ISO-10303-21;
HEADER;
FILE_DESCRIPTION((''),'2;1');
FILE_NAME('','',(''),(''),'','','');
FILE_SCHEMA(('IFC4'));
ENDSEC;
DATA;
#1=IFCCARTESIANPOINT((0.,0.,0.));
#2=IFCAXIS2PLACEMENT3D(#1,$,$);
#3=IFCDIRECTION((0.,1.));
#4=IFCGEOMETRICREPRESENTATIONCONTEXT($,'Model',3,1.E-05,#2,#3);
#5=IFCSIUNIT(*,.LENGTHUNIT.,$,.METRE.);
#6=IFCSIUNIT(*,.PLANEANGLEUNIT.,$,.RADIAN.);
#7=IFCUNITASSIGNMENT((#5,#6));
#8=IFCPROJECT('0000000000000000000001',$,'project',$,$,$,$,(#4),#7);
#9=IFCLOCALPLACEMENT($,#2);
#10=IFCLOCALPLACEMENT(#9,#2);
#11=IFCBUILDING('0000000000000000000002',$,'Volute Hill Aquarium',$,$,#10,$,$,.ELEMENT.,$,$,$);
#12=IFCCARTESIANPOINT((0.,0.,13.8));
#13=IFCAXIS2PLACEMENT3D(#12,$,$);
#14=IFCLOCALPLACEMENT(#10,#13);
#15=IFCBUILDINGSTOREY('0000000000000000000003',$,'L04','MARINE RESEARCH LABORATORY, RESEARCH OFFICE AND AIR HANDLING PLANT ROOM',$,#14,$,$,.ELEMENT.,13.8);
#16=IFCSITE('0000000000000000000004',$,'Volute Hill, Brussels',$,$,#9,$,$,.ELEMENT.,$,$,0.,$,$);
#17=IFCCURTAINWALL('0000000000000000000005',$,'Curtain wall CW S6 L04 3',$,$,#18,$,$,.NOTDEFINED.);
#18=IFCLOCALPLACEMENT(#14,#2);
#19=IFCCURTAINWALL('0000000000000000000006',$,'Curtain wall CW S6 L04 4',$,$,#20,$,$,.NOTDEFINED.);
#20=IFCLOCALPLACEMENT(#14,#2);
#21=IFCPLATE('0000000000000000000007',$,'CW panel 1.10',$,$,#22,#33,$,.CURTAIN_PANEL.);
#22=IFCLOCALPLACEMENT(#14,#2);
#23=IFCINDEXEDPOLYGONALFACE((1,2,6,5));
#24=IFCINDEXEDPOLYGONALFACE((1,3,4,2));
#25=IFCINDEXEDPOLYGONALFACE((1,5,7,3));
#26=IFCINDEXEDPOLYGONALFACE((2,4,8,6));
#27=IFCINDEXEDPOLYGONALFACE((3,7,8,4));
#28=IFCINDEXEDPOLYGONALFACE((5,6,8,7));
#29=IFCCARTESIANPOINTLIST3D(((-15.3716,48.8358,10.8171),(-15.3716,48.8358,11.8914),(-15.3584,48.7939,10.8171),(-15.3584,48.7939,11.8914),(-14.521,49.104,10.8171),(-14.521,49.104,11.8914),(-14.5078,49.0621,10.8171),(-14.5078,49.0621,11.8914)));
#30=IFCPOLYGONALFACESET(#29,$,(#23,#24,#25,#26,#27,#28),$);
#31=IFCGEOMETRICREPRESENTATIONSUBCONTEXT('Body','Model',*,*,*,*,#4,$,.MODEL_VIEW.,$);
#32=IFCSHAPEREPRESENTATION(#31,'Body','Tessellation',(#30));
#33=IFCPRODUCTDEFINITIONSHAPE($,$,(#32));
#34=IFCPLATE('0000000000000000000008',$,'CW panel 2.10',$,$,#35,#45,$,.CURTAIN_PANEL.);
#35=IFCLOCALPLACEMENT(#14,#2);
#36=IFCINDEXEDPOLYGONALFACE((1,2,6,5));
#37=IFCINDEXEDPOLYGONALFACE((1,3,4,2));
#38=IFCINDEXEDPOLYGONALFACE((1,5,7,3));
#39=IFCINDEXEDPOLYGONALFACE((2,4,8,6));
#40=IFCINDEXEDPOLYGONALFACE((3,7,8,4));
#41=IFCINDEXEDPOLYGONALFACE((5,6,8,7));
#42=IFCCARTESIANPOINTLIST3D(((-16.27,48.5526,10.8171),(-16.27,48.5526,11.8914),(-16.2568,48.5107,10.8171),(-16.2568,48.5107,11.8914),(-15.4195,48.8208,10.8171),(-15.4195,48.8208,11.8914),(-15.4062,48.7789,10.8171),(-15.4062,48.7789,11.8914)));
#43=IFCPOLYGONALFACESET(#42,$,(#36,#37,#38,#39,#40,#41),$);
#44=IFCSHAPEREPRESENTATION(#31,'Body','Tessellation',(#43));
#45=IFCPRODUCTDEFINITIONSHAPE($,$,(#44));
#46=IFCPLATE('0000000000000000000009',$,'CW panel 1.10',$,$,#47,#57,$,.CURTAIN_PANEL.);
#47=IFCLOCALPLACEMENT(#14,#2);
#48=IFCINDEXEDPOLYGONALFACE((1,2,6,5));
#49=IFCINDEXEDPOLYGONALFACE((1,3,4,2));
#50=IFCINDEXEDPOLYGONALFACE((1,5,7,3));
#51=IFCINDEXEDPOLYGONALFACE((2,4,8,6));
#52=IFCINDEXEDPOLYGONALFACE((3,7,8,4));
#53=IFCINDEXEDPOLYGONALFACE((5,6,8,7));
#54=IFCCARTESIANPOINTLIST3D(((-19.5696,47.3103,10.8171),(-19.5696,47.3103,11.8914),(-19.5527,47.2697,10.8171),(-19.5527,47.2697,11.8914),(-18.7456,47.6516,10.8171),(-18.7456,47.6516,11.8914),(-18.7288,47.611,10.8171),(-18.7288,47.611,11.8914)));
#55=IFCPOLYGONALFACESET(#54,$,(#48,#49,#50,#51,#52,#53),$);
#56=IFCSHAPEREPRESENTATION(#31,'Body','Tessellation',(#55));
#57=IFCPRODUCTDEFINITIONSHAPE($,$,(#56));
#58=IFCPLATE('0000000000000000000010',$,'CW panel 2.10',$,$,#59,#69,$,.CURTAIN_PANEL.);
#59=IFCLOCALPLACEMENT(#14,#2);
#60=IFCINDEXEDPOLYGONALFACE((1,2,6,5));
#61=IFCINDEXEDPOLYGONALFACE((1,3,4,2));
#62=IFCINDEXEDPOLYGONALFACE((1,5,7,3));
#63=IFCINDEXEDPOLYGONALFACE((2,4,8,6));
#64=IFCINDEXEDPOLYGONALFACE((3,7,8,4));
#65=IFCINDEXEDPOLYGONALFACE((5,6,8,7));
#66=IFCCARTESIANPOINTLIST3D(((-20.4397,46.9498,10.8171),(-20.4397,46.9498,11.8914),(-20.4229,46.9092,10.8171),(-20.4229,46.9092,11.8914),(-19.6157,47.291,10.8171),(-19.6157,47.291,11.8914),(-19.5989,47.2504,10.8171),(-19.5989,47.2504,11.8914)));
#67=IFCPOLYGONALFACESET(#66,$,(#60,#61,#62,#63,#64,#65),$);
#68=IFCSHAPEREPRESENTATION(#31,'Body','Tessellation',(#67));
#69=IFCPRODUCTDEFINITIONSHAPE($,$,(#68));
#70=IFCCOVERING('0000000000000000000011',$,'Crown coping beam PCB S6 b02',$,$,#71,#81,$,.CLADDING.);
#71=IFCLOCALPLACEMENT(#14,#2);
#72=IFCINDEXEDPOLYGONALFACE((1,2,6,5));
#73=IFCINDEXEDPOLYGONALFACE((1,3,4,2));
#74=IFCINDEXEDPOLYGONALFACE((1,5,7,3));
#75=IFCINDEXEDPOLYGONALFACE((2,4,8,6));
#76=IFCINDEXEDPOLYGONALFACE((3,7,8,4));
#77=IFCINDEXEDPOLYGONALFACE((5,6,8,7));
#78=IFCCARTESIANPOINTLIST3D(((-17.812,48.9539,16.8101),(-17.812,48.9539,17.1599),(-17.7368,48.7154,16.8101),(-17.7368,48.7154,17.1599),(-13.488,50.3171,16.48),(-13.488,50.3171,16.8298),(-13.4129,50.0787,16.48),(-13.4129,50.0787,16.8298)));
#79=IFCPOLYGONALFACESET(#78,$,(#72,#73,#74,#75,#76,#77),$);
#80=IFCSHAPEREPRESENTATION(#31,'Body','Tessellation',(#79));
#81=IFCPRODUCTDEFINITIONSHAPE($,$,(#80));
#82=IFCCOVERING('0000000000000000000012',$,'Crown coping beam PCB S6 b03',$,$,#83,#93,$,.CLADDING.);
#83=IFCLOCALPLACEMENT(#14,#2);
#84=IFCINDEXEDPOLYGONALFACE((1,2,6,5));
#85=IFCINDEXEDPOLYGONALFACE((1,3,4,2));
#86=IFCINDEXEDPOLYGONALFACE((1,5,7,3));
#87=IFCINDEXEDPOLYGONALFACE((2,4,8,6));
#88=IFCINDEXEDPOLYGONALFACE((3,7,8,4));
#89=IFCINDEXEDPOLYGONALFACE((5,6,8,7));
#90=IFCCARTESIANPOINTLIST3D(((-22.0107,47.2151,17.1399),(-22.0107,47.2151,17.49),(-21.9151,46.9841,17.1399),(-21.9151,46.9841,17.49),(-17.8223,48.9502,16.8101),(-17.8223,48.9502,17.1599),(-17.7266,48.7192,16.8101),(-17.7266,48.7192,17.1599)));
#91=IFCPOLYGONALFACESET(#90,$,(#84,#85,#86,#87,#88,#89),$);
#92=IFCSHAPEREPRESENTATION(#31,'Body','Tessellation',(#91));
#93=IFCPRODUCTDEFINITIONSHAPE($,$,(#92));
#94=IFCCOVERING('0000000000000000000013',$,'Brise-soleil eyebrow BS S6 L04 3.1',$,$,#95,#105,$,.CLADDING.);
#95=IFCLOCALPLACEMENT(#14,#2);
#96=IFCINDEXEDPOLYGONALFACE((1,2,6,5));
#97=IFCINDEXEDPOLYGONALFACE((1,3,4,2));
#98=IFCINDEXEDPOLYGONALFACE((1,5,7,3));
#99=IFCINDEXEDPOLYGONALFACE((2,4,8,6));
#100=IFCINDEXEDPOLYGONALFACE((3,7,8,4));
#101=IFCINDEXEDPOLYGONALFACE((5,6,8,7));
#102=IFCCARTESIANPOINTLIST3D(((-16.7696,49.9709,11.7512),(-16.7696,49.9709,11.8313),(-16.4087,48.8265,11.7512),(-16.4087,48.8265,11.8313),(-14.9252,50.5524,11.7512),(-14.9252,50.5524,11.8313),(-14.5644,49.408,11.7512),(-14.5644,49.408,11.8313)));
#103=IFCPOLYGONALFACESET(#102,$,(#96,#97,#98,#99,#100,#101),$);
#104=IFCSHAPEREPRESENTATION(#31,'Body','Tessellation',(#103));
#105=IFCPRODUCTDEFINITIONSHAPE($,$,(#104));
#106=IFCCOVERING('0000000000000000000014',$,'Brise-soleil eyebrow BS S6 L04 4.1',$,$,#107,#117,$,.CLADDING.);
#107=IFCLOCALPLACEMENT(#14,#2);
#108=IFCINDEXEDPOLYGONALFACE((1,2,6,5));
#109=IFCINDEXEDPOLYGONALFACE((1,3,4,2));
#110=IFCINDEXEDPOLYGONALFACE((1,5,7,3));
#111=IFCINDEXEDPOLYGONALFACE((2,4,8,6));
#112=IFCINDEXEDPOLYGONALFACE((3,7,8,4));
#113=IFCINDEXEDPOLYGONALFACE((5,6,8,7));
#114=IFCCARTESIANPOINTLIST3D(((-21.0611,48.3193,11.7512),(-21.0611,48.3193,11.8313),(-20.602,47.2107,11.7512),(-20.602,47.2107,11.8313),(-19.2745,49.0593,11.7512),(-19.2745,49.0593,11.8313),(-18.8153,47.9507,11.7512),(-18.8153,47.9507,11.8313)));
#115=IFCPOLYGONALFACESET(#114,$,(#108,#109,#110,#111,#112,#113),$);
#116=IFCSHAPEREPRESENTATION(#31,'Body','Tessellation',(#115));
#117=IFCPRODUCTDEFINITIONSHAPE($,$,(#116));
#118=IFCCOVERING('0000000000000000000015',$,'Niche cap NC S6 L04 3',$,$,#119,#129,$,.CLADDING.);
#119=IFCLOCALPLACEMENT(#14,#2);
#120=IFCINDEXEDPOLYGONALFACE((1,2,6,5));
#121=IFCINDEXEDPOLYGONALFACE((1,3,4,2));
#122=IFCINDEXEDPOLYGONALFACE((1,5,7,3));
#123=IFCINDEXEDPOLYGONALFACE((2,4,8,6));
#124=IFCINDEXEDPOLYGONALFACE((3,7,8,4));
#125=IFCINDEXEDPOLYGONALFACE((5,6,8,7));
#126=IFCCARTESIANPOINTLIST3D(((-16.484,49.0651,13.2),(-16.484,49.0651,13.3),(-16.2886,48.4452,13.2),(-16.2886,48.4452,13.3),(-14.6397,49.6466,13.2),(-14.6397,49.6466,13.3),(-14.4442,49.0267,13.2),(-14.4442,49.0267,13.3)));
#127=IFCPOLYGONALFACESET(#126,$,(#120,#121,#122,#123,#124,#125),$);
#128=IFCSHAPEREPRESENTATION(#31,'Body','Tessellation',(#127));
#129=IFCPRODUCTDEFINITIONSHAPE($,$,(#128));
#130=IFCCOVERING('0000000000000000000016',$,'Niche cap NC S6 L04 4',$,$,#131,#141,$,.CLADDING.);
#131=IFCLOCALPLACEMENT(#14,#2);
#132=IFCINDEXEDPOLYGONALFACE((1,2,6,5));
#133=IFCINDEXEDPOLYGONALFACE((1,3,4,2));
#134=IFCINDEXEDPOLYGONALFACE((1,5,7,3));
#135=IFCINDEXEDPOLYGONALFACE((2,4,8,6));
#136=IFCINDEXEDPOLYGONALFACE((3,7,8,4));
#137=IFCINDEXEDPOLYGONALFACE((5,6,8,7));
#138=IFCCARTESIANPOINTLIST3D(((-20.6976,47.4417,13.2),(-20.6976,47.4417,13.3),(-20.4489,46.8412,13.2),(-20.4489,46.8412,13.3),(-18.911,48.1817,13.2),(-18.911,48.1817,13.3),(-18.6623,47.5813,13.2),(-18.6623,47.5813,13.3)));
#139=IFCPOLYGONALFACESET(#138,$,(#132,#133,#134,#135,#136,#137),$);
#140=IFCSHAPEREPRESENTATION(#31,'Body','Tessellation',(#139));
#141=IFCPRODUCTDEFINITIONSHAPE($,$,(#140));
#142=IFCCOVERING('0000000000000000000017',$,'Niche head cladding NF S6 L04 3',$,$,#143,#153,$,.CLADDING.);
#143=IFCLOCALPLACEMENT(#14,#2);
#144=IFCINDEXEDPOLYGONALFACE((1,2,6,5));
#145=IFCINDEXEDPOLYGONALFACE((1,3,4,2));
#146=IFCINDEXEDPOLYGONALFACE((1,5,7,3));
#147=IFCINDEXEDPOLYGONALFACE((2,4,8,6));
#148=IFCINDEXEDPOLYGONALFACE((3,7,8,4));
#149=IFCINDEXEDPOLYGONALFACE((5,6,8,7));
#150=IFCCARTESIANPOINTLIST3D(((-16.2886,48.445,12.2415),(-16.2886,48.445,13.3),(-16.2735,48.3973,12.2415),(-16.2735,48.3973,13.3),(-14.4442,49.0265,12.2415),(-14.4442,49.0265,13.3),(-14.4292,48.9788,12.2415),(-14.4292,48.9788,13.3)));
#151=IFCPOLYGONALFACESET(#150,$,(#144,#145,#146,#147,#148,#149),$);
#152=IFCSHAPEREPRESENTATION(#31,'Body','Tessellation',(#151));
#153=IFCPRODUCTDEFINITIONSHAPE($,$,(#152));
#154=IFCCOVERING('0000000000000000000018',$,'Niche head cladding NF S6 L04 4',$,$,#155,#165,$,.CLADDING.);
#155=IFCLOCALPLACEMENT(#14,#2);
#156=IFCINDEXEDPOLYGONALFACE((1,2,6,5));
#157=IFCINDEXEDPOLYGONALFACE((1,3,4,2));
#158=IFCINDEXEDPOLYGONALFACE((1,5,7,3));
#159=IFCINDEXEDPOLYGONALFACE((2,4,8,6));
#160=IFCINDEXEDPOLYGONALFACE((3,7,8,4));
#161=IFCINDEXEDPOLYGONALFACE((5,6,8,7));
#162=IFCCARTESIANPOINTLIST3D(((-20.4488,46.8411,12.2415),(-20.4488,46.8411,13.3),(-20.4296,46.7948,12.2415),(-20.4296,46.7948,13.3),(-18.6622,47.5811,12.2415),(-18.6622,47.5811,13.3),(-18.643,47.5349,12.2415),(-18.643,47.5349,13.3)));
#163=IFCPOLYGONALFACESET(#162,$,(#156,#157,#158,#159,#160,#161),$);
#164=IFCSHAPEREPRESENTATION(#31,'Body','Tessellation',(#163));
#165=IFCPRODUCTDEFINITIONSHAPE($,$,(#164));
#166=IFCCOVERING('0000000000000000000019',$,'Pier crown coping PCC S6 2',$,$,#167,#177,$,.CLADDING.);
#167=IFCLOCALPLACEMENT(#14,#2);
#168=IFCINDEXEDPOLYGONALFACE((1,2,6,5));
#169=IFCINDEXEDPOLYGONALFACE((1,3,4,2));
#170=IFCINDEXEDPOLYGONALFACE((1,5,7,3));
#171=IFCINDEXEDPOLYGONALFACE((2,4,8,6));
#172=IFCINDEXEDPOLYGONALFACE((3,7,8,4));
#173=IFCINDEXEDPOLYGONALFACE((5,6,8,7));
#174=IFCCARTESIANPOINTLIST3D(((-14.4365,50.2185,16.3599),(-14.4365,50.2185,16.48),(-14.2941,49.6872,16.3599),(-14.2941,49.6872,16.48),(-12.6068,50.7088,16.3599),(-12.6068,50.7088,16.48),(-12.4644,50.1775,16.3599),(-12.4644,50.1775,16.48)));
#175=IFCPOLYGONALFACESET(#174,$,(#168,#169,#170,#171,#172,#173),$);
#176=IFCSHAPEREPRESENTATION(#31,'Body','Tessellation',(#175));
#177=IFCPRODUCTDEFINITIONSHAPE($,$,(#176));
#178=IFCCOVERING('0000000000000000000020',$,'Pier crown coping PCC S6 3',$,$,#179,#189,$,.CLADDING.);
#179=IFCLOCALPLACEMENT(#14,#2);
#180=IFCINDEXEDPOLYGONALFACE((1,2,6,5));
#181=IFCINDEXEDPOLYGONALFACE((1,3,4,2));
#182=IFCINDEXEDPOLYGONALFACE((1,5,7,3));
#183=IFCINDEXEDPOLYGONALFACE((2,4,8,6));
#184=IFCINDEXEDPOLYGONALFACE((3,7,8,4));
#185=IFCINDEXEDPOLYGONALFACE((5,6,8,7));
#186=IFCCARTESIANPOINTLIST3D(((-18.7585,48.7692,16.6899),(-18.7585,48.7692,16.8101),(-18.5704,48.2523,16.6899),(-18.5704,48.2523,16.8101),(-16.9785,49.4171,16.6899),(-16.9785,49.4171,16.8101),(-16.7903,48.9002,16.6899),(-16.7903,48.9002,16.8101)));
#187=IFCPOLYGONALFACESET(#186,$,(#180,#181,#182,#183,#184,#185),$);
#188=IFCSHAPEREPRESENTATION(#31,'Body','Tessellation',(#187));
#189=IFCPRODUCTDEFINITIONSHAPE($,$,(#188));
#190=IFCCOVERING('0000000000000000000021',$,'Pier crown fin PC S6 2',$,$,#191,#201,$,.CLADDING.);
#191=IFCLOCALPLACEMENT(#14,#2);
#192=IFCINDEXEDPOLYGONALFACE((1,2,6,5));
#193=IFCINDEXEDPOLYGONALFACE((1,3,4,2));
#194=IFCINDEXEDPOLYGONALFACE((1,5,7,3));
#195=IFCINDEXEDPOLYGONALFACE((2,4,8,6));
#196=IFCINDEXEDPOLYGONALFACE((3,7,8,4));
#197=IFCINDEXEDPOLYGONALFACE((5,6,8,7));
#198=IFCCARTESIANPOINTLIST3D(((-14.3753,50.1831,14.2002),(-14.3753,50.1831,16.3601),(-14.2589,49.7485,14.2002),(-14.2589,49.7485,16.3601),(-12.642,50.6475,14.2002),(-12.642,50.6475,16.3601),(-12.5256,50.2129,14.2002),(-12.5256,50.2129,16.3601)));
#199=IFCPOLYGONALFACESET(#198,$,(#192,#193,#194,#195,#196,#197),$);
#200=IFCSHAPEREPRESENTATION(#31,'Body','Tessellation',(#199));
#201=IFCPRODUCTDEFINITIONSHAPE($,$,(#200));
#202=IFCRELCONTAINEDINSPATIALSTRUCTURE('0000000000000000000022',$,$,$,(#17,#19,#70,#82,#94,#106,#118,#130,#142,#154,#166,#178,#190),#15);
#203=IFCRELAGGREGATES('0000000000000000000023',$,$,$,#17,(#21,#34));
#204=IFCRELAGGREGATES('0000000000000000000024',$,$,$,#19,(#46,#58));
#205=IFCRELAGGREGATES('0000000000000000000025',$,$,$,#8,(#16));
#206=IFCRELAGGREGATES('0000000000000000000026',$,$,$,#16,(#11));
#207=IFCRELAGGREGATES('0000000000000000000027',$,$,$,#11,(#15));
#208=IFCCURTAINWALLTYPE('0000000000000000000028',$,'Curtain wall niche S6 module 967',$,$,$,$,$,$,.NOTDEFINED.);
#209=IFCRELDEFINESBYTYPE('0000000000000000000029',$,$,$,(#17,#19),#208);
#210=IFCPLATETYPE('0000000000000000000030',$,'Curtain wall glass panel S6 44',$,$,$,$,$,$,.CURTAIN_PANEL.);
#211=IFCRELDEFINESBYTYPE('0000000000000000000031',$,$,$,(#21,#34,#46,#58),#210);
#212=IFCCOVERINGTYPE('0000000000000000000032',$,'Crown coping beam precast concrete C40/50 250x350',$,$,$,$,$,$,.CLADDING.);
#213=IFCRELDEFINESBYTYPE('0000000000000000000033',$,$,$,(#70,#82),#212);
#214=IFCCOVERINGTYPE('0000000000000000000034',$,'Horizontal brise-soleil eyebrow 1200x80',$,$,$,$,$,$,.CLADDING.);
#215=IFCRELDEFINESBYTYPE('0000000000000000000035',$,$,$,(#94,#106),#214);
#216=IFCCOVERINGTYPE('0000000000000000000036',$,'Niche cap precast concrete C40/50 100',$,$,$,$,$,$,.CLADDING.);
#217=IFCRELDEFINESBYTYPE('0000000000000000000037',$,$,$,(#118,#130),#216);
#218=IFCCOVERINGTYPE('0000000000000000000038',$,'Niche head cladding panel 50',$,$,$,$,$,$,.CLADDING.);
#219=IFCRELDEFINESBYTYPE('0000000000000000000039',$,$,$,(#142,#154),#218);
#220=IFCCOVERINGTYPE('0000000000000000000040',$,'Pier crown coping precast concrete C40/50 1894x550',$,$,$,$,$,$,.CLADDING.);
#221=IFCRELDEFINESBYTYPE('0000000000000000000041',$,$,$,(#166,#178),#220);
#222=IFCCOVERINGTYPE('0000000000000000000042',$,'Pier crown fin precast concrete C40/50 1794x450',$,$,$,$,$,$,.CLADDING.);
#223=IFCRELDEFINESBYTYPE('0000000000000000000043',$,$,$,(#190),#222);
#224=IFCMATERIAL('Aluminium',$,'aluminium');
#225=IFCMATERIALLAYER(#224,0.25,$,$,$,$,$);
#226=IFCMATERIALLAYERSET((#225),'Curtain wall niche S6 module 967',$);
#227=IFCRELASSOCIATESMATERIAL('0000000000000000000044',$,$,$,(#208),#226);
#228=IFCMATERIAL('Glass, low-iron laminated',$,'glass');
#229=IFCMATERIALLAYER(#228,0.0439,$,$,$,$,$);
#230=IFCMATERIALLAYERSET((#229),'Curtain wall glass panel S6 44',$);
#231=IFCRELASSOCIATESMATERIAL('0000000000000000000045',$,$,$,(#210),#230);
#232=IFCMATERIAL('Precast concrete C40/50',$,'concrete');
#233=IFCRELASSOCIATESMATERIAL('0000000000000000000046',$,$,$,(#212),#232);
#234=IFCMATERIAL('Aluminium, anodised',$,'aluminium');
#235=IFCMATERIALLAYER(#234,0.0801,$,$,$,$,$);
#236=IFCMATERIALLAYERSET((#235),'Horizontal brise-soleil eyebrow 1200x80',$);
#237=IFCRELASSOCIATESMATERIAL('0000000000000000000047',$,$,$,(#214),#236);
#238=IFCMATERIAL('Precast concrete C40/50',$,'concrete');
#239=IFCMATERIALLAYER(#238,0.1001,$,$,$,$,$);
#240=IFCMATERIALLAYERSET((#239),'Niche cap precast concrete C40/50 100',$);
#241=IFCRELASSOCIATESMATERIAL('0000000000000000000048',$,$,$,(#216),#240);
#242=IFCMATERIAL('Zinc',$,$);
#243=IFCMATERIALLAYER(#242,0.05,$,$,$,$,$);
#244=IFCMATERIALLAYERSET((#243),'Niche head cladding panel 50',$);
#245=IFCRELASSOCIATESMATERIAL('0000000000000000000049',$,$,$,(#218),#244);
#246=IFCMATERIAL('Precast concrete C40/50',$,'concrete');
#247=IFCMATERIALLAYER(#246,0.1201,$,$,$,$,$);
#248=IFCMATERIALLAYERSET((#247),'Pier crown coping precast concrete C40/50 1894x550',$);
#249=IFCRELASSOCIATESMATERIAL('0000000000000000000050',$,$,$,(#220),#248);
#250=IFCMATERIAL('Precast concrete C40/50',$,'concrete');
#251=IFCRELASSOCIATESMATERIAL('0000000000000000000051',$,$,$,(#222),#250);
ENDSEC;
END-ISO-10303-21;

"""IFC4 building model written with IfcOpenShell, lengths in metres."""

from ifc_helpers import new_model, si_unit, direction, frame, origin, origin_2d, place, context, subcontext, project, spatial, polyline, rectangle, outline, extrude, material, layer, layer_set, type_object, element, aggregate, save


model = new_model("IFC4")

# Units and contexts
model_context = context("Model", 3, precision=1e-05, world=origin(), true_north=direction((0.0, 1.0)))
body_context = subcontext(model_context, "Body", "Model", "MODEL_VIEW")
ifc_project = project(units=[si_unit("LENGTHUNIT", "METRE"), si_unit("PLANEANGLEUNIT", "RADIAN")], contexts=[model_context])

# Site, building, storey
site_placement = place(None, origin())
site = spatial("IfcSite", under=ifc_project, at=site_placement, Name="Volute Hill, Brussels", CompositionType="ELEMENT", RefElevation=0.0)
building_placement = place(site_placement, origin())
building = spatial("IfcBuilding", under=site, at=building_placement, Name="Volute Hill Aquarium", CompositionType="ELEMENT")
storey_placement = place(building_placement, frame((0.0, 0.0, 13.8)))
storey = spatial("IfcBuildingStorey", under=building, at=storey_placement, Name="L04", Description="MARINE RESEARCH LABORATORY, RESEARCH OFFICE AND AIR HANDLING PLANT ROOM", CompositionType="ELEMENT", Elevation=13.8)

# Curtain walls
ifc_material_1 = material(Name="Aluminium", Category="aluminium")
ifc_layer_1 = layer(ifc_material_1, 0.25)
ifc_layer_set_1 = layer_set([ifc_layer_1], Name="Curtain wall niche S6 module 967")
curtain_wall_type = type_object("IfcCurtainWallType", Name="Curtain wall niche S6 module 967", PredefinedType="NOTDEFINED", material=ifc_layer_set_1)
curtain_wall_1_placement = place(storey_placement, origin())
curtain_wall_1 = element("IfcCurtainWall", 1, at=curtain_wall_1_placement, inside=storey, type_object=curtain_wall_type, Name="Curtain wall CW S6 L04 3", PredefinedType="NOTDEFINED")
curtain_wall_2_placement = place(storey_placement, origin())
curtain_wall_2 = element("IfcCurtainWall", 2, at=curtain_wall_2_placement, inside=storey, type_object=curtain_wall_type, Name="Curtain wall CW S6 L04 4", PredefinedType="NOTDEFINED")

# Plates
ifc_material_2 = material(Name="Glass, low-iron laminated", Category="glass")
ifc_layer_2 = layer(ifc_material_2, 0.0439)
ifc_layer_set_2 = layer_set([ifc_layer_2], Name="Curtain wall glass panel S6 44")
plate_type = type_object("IfcPlateType", Name="Curtain wall glass panel S6 44", PredefinedType="CURTAIN_PANEL", material=ifc_layer_set_2)
plate_1_placement = place(storey_placement, frame((-14.9397, 48.949, 10.8171), z_axis=(0.0, 0.0, 1.0), x_axis=(-0.953717, -0.300706, 0.0)))
plate_1 = element("IfcPlate", 3, at=plate_1_placement, type_object=plate_type, Name="CW panel 1.10", PredefinedType="CURTAIN_PANEL", context=body_context, shape_type="SweptSolid", body=[
    extrude(rectangle(XDim=0.8918, YDim=0.0439, at=origin_2d()), origin(), (0.0, 0.0, 1.0), 1.0742),
])
plate_2_placement = place(storey_placement, frame((-15.8381, 48.6658, 10.8171), z_axis=(0.0, 0.0, 1.0), x_axis=(-0.953717, -0.300706, 0.0)))
plate_2 = element("IfcPlate", 4, at=plate_2_placement, type_object=plate_type, Name="CW panel 2.10", PredefinedType="CURTAIN_PANEL", context=body_context, shape_type="SweptSolid", body=[
    extrude(rectangle(XDim=0.8918, YDim=0.0439, at=origin_2d()), origin(), (0.0, 0.0, 1.0), 1.0742),
])
aggregate(curtain_wall_1, [plate_1, plate_2])
plate_3_placement = place(storey_placement, frame((-19.1492, 47.4607, 10.8171), z_axis=(0.0, 0.0, 1.0), x_axis=(-0.923881, -0.38268, 0.0)))
plate_3 = element("IfcPlate", 5, at=plate_3_placement, type_object=plate_type, Name="CW panel 1.10", PredefinedType="CURTAIN_PANEL", context=body_context, shape_type="SweptSolid", body=[
    extrude(rectangle(XDim=0.8918, YDim=0.0439, at=origin_2d()), origin(), (0.0, 0.0, 1.0), 1.0742),
])
plate_4_placement = place(storey_placement, frame((-20.0193, 47.1001, 10.8171), z_axis=(0.0, 0.0, 1.0), x_axis=(-0.923881, -0.38268, 0.0)))
plate_4 = element("IfcPlate", 6, at=plate_4_placement, type_object=plate_type, Name="CW panel 2.10", PredefinedType="CURTAIN_PANEL", context=body_context, shape_type="SweptSolid", body=[
    extrude(rectangle(XDim=0.8918, YDim=0.0439, at=origin_2d()), origin(), (0.0, 0.0, 1.0), 1.0742),
])
aggregate(curtain_wall_2, [plate_3, plate_4])

# Coverings
ifc_material_3 = material(Name="Precast concrete C40/50", Category="concrete")
covering_type_1 = type_object("IfcCoveringType", Name="Crown coping beam precast concrete C40/50 250x350", PredefinedType="CLADDING", material=ifc_material_3)
covering_1_placement = place(storey_placement, frame((-13.488, 50.3171, 16.48), z_axis=(-0.300693, 0.953721, 0.0), x_axis=(-0.951203, -0.299899, 0.072612)))
element("IfcCovering", 7, at=covering_1_placement, inside=storey, type_object=covering_type_1, Name="Crown coping beam PCB S6 b02", PredefinedType="CLADDING", context=body_context, shape_type="SweptSolid", body=[
    extrude(outline(polyline([(0.0, 0.0), (4.5458, 0.0), (4.5712, 0.3489), (0.0254, 0.3489), (0.0, 0.0)])), origin(), (0.0, 0.0, -1.0), 0.25),
])
covering_2_placement = place(storey_placement, frame((-17.8223, 48.9502, 16.8101), z_axis=(-0.382718, 0.923865, 0.0), x_axis=(-0.92143, -0.381709, 0.072561)))
element("IfcCovering", 8, at=covering_2_placement, inside=storey, type_object=covering_type_1, Name="Crown coping beam PCB S6 b03", PredefinedType="CLADDING", context=body_context, shape_type="SweptSolid", body=[
    extrude(outline(polyline([(0.0, 0.0), (4.5456, 0.0), (4.571, 0.3492), (0.0254, 0.3489), (0.0, 0.0)])), origin(), (0.0, 0.0, -1.0), 0.25),
])
ifc_material_4 = material(Name="Aluminium, anodised", Category="aluminium")
ifc_layer_3 = layer(ifc_material_4, 0.0801)
ifc_layer_set_3 = layer_set([ifc_layer_3], Name="Horizontal brise-soleil eyebrow 1200x80")
covering_type_2 = type_object("IfcCoveringType", Name="Horizontal brise-soleil eyebrow 1200x80", PredefinedType="CLADDING", material=ifc_layer_set_3)
for number, where, z_axis, x_axis, name in (
    (9, (-15.667, 49.6895, 11.7512), (0.0, 0.0, 1.0), (-0.953718, -0.300702, 0.0), "Brise-soleil eyebrow BS S6 L04 3.1"),
    (10, (-19.9382, 48.135, 11.7512), (0.0, 0.0, 1.0), (-0.923881, -0.38268, 0.0), "Brise-soleil eyebrow BS S6 L04 4.1"),
):
    element("IfcCovering", number, at=place(storey_placement, frame(where, z_axis=z_axis, x_axis=x_axis)), inside=storey, type_object=covering_type_2, Name=name, PredefinedType="CLADDING", context=body_context, shape_type="SweptSolid", body=[
        extrude(rectangle(XDim=1.9338, YDim=1.2, at=origin_2d()), origin(), (0.0, 0.0, 1.0), 0.0801),
    ])
ifc_material_5 = material(Name="Precast concrete C40/50", Category="concrete")
ifc_layer_4 = layer(ifc_material_5, 0.1001)
ifc_layer_set_4 = layer_set([ifc_layer_4], Name="Niche cap precast concrete C40/50 100")
covering_type_3 = type_object("IfcCoveringType", Name="Niche cap precast concrete C40/50 100", PredefinedType="CLADDING", material=ifc_layer_set_4)
for number, where, z_axis, x_axis, name in (
    (11, (-15.4641, 49.0459, 13.2), (0.0, 0.0, 1.0), (-0.953718, -0.300702, 0.0), "Niche cap NC S6 L04 3"),
    (12, (-19.6799, 47.5115, 13.2), (0.0, 0.0, 1.0), (-0.923881, -0.38268, 0.0), "Niche cap NC S6 L04 4"),
):
    element("IfcCovering", number, at=place(storey_placement, frame(where, z_axis=z_axis, x_axis=x_axis)), inside=storey, type_object=covering_type_3, Name=name, PredefinedType="CLADDING", context=body_context, shape_type="SweptSolid", body=[
        extrude(rectangle(XDim=1.9338, YDim=0.6499, at=origin_2d()), origin(), (0.0, 0.0, 1.0), 0.1001),
    ])
ifc_material_6 = material(Name="Zinc")
ifc_layer_5 = layer(ifc_material_6, 0.05)
ifc_layer_set_5 = layer_set([ifc_layer_5], Name="Niche head cladding panel 50")
covering_type_4 = type_object("IfcCoveringType", Name="Niche head cladding panel 50", PredefinedType="CLADDING", material=ifc_layer_set_5)
for number, where, z_axis, x_axis, name in (
    (13, (-15.3589, 48.7119, 12.2415), (0.0, 0.0, 1.0), (-0.953718, -0.300702, 0.0), "Niche head cladding NF S6 L04 3"),
    (14, (-19.5459, 47.188, 12.2415), (0.0, 0.0, 1.0), (-0.923881, -0.38268, 0.0), "Niche head cladding NF S6 L04 4"),
):
    element("IfcCovering", number, at=place(storey_placement, frame(where, z_axis=z_axis, x_axis=x_axis)), inside=storey, type_object=covering_type_4, Name=name, PredefinedType="CLADDING", context=body_context, shape_type="SweptSolid", body=[
        extrude(rectangle(XDim=1.9338, YDim=0.05, at=origin_2d()), origin(), (0.0, 0.0, 1.0), 1.0586),
    ])
ifc_material_7 = material(Name="Precast concrete C40/50", Category="concrete")
ifc_layer_6 = layer(ifc_material_7, 0.1201)
ifc_layer_set_6 = layer_set([ifc_layer_6], Name="Pier crown coping precast concrete C40/50 1894x550")
covering_type_5 = type_object("IfcCoveringType", Name="Pier crown coping precast concrete C40/50 1894x550", PredefinedType="CLADDING", material=ifc_layer_set_6)
for number, where, z_axis, x_axis, name in (
    (15, (-13.4504, 50.198, 16.3599), (0.0, 0.0, 1.0), (-0.965926, -0.258819, 0.0), "Pier crown coping PCC S6 2"),
    (16, (-17.7744, 48.8347, 16.6899), (0.0, 0.0, 1.0), (-0.939693, -0.34202, 0.0), "Pier crown coping PCC S6 3"),
):
    element("IfcCovering", number, at=place(storey_placement, frame(where, z_axis=z_axis, x_axis=x_axis)), inside=storey, type_object=covering_type_5, Name=name, PredefinedType="CLADDING", context=body_context, shape_type="SweptSolid", body=[
        extrude(rectangle(XDim=1.8943, YDim=0.55, at=origin_2d()), origin(), (0.0, 0.0, 1.0), 0.1201),
    ])
ifc_material_8 = material(Name="Precast concrete C40/50", Category="concrete")
covering_type_6 = type_object("IfcCoveringType", Name="Pier crown fin precast concrete C40/50 1794x450", PredefinedType="CLADDING", material=ifc_material_8)
covering_3_placement = place(storey_placement, frame((-13.4504, 50.198, 14.2002), z_axis=(0.0, 0.0, 1.0), x_axis=(-0.965926, -0.258819, 0.0)))
element("IfcCovering", 17, at=covering_3_placement, inside=storey, type_object=covering_type_6, Name="Pier crown fin PC S6 2", PredefinedType="CLADDING", context=body_context, shape_type="SweptSolid", body=[
    extrude(rectangle(XDim=1.7944, YDim=0.45, at=origin_2d()), origin(), (0.0, 0.0, 1.0), 2.1599),
])

save(model, "model.ifc")
